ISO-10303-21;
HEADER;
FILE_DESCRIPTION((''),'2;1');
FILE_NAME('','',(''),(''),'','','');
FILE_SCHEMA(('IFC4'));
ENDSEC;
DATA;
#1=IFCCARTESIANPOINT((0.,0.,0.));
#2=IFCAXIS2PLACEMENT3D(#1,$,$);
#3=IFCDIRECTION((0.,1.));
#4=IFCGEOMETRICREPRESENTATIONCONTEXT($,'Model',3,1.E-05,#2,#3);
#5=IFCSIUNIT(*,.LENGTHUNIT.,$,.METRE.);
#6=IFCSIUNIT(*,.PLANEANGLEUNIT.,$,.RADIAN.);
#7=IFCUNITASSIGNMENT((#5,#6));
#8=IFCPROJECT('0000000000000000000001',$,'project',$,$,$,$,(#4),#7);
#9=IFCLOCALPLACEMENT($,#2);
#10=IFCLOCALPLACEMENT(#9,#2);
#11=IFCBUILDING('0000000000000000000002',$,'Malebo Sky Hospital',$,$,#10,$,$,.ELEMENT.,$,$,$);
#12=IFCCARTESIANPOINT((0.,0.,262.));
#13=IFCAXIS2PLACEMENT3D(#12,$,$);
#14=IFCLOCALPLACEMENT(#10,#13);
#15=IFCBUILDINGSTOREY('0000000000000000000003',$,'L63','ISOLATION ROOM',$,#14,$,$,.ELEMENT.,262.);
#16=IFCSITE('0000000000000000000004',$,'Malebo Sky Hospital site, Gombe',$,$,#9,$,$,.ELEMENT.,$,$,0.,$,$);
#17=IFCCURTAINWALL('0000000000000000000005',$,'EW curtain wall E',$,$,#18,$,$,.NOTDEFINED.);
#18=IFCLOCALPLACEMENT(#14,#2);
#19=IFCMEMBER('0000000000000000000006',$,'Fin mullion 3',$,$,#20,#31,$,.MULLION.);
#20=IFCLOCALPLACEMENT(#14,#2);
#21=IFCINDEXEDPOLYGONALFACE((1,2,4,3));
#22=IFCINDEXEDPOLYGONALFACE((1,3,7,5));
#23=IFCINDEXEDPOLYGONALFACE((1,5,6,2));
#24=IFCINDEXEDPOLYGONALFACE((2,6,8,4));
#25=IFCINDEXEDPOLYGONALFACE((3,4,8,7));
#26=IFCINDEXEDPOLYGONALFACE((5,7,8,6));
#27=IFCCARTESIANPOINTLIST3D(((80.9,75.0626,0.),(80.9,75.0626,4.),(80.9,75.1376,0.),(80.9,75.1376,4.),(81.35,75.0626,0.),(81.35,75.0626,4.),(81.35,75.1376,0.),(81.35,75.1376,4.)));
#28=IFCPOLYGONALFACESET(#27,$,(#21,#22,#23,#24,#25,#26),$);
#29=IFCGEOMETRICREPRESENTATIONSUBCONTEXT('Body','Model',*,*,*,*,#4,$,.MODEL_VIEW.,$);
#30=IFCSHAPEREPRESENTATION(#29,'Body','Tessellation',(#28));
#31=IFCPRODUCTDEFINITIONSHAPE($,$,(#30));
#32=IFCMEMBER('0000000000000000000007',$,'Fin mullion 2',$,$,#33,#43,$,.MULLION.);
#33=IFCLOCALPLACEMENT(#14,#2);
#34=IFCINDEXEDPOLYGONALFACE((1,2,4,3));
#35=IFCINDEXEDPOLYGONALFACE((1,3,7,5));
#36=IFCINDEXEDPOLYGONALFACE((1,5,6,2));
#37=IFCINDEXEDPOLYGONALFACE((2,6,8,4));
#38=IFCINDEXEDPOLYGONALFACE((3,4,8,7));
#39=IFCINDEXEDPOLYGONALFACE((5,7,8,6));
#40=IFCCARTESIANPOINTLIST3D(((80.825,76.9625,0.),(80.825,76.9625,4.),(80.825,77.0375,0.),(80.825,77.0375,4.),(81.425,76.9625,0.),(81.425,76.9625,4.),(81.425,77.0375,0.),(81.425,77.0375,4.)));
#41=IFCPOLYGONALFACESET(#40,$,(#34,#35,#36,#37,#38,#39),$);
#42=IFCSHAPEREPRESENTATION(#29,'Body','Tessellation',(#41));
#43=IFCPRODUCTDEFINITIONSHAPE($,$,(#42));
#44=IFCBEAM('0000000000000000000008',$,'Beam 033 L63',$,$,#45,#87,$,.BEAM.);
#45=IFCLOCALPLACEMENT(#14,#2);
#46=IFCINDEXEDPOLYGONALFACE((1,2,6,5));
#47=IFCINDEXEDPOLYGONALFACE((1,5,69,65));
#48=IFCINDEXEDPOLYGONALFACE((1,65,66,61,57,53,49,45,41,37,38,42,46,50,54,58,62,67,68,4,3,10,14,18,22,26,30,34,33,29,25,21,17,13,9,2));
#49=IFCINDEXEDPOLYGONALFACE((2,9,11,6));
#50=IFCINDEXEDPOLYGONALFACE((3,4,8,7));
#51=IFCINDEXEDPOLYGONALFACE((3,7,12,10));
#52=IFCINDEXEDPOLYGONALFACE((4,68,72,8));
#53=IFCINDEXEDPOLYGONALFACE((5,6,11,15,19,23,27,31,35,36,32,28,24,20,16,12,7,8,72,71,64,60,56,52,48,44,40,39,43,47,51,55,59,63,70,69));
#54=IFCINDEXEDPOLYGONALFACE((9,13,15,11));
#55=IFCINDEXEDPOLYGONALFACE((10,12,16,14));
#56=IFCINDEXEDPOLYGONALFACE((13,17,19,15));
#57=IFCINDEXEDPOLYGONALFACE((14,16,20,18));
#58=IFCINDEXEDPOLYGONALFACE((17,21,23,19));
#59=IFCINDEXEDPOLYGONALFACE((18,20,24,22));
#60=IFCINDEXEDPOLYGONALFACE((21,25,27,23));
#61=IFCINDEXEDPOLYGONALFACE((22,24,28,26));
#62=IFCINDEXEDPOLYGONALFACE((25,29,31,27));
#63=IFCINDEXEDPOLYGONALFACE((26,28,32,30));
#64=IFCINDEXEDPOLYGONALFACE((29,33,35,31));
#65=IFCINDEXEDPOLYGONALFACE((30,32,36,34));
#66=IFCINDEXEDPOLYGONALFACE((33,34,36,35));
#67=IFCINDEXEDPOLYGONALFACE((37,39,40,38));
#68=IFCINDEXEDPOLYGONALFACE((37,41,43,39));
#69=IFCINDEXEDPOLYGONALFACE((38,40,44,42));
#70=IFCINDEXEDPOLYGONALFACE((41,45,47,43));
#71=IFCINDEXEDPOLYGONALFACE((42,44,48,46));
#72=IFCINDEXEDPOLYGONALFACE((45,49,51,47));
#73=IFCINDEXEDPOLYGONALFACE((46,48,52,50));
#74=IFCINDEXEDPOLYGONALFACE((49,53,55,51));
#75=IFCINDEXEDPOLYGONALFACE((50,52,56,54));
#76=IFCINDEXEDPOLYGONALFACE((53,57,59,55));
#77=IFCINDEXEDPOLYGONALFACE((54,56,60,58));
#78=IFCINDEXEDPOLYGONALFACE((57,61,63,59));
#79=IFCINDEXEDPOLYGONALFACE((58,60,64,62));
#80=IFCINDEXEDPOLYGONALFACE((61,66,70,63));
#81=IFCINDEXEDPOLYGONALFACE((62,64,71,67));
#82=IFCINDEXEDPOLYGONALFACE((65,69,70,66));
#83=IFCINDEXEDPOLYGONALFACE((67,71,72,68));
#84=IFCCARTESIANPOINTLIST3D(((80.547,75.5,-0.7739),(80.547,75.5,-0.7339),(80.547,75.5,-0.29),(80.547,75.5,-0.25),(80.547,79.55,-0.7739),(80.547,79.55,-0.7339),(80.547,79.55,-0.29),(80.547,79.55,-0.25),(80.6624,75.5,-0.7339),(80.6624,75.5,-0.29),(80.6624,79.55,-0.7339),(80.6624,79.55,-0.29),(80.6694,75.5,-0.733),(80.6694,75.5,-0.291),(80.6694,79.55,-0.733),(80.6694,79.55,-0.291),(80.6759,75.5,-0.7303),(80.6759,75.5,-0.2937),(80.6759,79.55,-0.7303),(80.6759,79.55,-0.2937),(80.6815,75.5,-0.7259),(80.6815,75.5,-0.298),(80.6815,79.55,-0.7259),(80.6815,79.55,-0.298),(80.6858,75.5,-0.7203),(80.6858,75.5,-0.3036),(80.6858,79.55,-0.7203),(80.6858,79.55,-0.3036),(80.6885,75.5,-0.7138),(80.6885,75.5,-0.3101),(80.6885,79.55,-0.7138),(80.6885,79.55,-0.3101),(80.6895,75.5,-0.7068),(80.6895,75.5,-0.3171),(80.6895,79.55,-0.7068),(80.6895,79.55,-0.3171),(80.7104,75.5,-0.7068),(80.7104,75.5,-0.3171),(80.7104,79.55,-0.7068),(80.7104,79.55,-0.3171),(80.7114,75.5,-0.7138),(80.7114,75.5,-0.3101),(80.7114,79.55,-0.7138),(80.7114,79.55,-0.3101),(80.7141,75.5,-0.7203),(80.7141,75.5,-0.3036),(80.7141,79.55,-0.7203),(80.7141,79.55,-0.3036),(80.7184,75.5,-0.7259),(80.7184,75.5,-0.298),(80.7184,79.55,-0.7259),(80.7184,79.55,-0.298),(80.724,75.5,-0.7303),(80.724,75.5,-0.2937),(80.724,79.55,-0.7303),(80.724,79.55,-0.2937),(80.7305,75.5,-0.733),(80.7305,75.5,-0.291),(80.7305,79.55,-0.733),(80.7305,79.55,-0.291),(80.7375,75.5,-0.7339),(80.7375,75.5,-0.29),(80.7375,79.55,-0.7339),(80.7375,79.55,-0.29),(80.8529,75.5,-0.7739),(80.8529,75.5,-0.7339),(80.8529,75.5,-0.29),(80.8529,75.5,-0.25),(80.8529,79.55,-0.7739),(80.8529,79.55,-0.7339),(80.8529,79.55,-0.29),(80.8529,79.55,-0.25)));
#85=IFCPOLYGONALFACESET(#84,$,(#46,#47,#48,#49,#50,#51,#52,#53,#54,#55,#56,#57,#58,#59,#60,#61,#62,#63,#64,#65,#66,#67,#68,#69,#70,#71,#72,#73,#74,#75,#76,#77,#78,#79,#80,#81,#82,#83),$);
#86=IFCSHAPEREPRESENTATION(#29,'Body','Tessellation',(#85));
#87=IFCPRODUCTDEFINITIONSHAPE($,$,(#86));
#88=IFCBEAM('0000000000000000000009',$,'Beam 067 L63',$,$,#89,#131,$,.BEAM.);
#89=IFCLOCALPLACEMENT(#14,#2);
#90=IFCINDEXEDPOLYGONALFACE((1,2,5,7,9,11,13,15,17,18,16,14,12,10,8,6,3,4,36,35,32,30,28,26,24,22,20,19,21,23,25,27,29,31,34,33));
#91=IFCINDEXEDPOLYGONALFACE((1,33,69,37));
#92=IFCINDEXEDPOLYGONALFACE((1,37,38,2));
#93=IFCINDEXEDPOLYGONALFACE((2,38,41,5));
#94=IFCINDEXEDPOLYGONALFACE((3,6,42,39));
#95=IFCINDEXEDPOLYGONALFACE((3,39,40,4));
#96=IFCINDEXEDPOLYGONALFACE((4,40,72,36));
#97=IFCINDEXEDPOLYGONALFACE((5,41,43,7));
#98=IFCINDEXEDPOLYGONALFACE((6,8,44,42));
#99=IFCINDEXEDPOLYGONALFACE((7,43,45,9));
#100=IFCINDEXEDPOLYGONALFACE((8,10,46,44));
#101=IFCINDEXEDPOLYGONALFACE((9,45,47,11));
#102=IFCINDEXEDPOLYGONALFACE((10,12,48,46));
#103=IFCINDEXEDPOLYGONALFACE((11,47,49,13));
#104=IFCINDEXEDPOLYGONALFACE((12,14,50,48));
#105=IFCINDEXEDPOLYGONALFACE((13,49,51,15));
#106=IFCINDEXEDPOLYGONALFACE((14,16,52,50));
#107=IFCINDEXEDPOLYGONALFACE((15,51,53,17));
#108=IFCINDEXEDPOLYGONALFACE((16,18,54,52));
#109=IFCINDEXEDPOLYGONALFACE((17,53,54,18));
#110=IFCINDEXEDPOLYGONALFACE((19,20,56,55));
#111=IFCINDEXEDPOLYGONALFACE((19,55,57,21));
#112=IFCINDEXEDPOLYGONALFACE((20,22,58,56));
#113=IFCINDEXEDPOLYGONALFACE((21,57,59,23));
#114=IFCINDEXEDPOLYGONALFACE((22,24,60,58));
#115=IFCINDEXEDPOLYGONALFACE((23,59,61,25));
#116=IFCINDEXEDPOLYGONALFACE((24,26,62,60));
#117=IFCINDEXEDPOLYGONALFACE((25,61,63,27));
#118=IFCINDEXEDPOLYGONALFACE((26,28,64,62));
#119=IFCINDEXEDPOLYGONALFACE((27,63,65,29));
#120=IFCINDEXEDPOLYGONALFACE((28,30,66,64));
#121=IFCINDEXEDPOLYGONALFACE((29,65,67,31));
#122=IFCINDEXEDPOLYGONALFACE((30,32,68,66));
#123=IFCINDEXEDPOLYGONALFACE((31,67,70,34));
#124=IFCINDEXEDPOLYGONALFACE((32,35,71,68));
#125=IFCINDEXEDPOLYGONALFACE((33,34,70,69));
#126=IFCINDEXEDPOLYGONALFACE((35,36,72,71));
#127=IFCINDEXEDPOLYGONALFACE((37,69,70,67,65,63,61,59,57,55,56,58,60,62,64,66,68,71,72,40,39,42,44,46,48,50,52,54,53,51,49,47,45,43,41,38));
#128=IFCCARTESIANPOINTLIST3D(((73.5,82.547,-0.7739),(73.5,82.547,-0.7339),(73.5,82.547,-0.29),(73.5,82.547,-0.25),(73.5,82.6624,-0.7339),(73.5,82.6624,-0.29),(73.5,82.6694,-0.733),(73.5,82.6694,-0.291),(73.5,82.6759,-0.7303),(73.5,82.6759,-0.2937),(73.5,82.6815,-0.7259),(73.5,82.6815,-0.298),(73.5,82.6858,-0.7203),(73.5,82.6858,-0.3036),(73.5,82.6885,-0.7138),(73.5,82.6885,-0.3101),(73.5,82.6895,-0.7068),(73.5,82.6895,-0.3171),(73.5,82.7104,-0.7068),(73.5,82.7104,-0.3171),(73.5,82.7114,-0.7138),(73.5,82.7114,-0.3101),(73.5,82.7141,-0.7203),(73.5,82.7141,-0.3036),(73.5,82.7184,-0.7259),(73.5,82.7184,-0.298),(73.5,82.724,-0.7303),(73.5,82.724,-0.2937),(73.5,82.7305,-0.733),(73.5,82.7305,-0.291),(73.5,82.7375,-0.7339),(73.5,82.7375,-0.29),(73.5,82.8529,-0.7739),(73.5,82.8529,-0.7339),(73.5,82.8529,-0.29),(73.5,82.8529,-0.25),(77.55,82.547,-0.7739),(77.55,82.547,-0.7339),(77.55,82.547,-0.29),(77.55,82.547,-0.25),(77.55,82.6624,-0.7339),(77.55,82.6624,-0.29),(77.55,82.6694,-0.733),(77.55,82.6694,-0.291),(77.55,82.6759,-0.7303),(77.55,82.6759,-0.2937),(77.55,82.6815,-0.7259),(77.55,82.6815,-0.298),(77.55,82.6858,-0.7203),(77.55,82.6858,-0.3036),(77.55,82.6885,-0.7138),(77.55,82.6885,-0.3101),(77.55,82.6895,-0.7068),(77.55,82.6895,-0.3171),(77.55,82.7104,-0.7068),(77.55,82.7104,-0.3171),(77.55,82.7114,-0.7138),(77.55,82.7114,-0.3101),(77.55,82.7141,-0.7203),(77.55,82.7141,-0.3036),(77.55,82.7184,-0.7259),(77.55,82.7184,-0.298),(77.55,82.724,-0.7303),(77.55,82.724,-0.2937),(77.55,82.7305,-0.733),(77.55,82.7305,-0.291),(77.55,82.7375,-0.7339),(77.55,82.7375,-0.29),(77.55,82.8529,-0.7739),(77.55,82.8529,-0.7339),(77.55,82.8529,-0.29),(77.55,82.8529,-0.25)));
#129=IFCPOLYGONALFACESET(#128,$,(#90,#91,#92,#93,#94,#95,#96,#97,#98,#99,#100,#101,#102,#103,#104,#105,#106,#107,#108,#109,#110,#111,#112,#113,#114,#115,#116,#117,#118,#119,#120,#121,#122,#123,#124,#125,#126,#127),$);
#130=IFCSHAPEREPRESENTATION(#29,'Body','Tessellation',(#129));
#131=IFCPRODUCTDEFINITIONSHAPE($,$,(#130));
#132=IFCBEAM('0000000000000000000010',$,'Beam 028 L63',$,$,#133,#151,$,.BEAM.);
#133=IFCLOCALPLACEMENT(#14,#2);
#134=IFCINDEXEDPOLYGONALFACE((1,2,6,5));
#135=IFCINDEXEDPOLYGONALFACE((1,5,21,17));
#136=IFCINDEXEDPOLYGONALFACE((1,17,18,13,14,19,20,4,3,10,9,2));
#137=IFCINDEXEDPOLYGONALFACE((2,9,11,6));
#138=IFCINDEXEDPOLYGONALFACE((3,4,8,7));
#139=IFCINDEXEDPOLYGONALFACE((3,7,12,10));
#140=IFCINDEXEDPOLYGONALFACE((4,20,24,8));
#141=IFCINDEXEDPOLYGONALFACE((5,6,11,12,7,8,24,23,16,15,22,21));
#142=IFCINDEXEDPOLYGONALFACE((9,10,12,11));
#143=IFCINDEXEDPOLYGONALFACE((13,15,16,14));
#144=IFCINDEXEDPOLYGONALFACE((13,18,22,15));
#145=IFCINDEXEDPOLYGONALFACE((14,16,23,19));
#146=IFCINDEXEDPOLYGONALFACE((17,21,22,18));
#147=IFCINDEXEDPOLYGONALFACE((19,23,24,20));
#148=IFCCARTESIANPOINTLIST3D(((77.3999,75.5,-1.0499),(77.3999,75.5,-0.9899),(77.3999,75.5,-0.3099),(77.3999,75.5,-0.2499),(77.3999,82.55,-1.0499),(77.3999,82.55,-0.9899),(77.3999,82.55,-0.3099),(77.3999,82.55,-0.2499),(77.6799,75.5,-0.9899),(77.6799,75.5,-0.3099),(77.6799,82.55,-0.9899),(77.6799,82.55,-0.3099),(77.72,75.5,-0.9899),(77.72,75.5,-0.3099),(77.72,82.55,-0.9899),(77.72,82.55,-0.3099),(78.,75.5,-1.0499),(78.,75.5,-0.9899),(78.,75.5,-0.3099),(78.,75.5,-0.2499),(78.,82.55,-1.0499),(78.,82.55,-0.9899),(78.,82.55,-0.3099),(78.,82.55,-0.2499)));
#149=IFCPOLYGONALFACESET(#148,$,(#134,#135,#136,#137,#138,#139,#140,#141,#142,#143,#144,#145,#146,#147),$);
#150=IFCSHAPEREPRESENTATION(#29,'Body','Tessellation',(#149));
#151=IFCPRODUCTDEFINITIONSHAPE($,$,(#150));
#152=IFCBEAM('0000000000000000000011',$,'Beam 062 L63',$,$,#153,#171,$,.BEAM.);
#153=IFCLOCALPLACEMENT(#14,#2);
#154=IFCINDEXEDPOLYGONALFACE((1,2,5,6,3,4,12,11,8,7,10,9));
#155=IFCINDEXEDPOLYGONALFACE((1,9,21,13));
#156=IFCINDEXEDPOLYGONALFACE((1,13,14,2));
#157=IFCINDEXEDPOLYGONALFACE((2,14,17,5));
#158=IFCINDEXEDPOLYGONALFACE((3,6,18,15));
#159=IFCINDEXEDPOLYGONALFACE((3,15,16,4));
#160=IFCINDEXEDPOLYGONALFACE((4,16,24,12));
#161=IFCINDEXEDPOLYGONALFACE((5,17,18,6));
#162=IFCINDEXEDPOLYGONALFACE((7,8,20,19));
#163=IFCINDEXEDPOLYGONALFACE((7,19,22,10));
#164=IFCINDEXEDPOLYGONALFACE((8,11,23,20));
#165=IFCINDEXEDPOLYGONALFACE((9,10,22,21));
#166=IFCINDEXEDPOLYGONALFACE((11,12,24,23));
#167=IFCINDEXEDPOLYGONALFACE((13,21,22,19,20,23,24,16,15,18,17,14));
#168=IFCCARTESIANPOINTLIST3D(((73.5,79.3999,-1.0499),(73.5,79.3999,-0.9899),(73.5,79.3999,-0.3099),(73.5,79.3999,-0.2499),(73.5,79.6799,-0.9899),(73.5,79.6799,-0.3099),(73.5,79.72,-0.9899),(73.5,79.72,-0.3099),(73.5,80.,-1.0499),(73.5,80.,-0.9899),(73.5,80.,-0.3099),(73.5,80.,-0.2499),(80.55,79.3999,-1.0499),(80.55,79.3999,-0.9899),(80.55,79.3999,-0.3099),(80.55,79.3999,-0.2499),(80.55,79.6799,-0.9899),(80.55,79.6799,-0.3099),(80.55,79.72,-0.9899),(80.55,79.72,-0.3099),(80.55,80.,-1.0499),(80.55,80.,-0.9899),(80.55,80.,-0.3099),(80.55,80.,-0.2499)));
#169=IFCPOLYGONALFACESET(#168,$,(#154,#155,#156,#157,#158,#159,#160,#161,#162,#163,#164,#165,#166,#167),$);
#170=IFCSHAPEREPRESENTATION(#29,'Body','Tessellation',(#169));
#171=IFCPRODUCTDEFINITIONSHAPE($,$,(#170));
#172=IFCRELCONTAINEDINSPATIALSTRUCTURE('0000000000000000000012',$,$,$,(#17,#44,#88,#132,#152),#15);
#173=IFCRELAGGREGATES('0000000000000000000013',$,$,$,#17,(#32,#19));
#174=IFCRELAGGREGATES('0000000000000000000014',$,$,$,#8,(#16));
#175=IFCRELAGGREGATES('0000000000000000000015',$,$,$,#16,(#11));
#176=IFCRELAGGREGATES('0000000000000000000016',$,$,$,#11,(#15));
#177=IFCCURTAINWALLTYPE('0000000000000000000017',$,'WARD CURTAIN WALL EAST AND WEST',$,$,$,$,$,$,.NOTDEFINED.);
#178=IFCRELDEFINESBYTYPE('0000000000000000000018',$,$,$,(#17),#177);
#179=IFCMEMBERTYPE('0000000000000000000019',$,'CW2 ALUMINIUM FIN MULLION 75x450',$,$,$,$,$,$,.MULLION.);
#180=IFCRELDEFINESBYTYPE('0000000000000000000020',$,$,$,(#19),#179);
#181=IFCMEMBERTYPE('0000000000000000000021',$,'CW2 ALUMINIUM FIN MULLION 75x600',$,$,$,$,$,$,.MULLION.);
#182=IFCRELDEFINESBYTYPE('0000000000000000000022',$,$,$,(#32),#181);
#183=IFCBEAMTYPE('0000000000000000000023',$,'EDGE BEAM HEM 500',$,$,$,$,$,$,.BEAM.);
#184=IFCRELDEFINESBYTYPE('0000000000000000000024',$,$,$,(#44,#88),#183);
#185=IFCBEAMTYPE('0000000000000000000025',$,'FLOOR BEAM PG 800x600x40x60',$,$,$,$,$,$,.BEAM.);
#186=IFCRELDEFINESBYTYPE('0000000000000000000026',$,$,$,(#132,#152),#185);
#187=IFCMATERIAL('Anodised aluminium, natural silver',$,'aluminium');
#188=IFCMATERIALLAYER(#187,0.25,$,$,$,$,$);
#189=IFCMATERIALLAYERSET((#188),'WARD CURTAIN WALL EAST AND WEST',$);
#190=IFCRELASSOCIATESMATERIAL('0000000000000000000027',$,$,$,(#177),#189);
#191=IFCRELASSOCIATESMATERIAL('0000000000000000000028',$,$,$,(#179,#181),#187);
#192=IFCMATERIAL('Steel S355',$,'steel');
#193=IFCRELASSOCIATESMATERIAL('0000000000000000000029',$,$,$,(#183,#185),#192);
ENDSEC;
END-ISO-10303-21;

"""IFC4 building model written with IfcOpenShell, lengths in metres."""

from ifc_helpers import new_model, si_unit, direction, frame, origin, origin_2d, place, context, subcontext, project, spatial, rectangle, i_section, extrude, material, layer, layer_set, material_profile, profile_set, type_object, element, aggregate, save


model = new_model("IFC4")

# Units and contexts
model_context = context("Model", 3, precision=1e-05, world=origin(), true_north=direction((0.0, 1.0)))
body_context = subcontext(model_context, "Body", "Model", "MODEL_VIEW")
ifc_project = project(units=[si_unit("LENGTHUNIT", "METRE"), si_unit("PLANEANGLEUNIT", "RADIAN")], contexts=[model_context])

# Site, building, storey
site_placement = place(None, origin())
site = spatial("IfcSite", under=ifc_project, at=site_placement, Name="Malebo Sky Hospital site, Gombe", CompositionType="ELEMENT", RefElevation=0.0)
building_placement = place(site_placement, origin())
building = spatial("IfcBuilding", under=site, at=building_placement, Name="Malebo Sky Hospital", CompositionType="ELEMENT")
storey_placement = place(building_placement, frame((0.0, 0.0, 262.0)))
storey = spatial("IfcBuildingStorey", under=building, at=storey_placement, Name="L63", Description="ISOLATION ROOM", CompositionType="ELEMENT", Elevation=262.0)

# Shared definitions
ifc_material_1 = material(Name="Anodised aluminium, natural silver", Category="aluminium")

# Curtain wall
ifc_layer_1 = layer(ifc_material_1, 0.25)
ifc_layer_set_1 = layer_set([ifc_layer_1], Name="WARD CURTAIN WALL EAST AND WEST")
curtain_wall_type_1 = type_object("IfcCurtainWallType", Name="WARD CURTAIN WALL EAST AND WEST", PredefinedType="NOTDEFINED", material=ifc_layer_set_1)
curtain_wall_1_placement = place(storey_placement, origin())
curtain_wall_1 = element("IfcCurtainWall", 1, at=curtain_wall_1_placement, inside=storey, type_object=curtain_wall_type_1, Name="EW curtain wall E", PredefinedType="NOTDEFINED")

# Members
ifc_material_profile_1 = material_profile(ifc_material_1, rectangle(XDim=0.075, YDim=0.45, at=origin_2d()), Name="CW2 ALUMINIUM FIN MULLION 75x450")
ifc_profile_set_1 = profile_set([ifc_material_profile_1], Name="Anodised aluminium, natural silver")
member_type_1 = type_object("IfcMemberType", Name="CW2 ALUMINIUM FIN MULLION 75x450", PredefinedType="MULLION", material=ifc_profile_set_1)
member_1_placement = place(storey_placement, frame((81.125, 75.1001, 0.0), z_axis=(0.0, 0.0, 1.0), x_axis=(0.0, -1.0, 0.0)))
member_1 = element("IfcMember", 2, at=member_1_placement, type_object=member_type_1, Name="Fin mullion 3", PredefinedType="MULLION", context=body_context, shape_type="SweptSolid", body=[
    extrude(rectangle(XDim=0.075, YDim=0.45, at=origin_2d()), origin(), (0.0, 0.0, 1.0), 4.0),
])
ifc_material_profile_2 = material_profile(ifc_material_1, rectangle(XDim=0.075, YDim=0.6001, at=origin_2d()), Name="CW2 ALUMINIUM FIN MULLION 75x600")
ifc_profile_set_2 = profile_set([ifc_material_profile_2], Name="Anodised aluminium, natural silver")
member_type_2 = type_object("IfcMemberType", Name="CW2 ALUMINIUM FIN MULLION 75x600", PredefinedType="MULLION", material=ifc_profile_set_2)
member_2_placement = place(storey_placement, frame((81.125, 77.0, 0.0), z_axis=(0.0, 0.0, 1.0), x_axis=(0.0, -1.0, 0.0)))
member_2 = element("IfcMember", 3, at=member_2_placement, type_object=member_type_2, Name="Fin mullion 2", PredefinedType="MULLION", context=body_context, shape_type="SweptSolid", body=[
    extrude(rectangle(XDim=0.075, YDim=0.6001, at=origin_2d()), origin(), (0.0, 0.0, 1.0), 4.0),
])

# Beams
ifc_material_2 = material(Name="Steel S355", Category="steel")
ifc_material_profile_3 = material_profile(ifc_material_2, i_section(OverallWidth=0.3059, OverallDepth=0.5239, WebThickness=0.021, FlangeThickness=0.04, FilletRadius=0.0271, at=origin_2d()), Name="HEM 500")
ifc_profile_set_3 = profile_set([ifc_material_profile_3], Name="Steel S355")
beam_type_1 = type_object("IfcBeamType", Name="EDGE BEAM HEM 500", PredefinedType="BEAM", material=ifc_profile_set_3)
for number, where, z_axis, x_axis, name in (
    (4, (80.7, 75.5, -0.512), (0.0, 1.0, 0.0), (-1.0, 0.0, 0.0), "Beam 033 L63"),
    (5, (73.5, 82.7, -0.512), (1.0, 0.0, 0.0), (0.0, 1.0, 0.0), "Beam 067 L63"),
):
    element("IfcBeam", number, at=place(storey_placement, frame(where, z_axis=z_axis, x_axis=x_axis)), inside=storey, type_object=beam_type_1, Name=name, PredefinedType="BEAM", context=body_context, shape_type="SweptSolid", body=[
        extrude(i_section(OverallWidth=0.3059, OverallDepth=0.5239, WebThickness=0.021, FlangeThickness=0.04, FilletRadius=0.0271, at=origin_2d()), origin(), (0.0, 0.0, 1.0), 4.05),
    ])
ifc_material_profile_4 = material_profile(ifc_material_2, i_section(OverallWidth=0.6001, OverallDepth=0.8, WebThickness=0.04, FlangeThickness=0.0601, at=origin_2d()), Name="PG 800x600x40x60")
ifc_profile_set_4 = profile_set([ifc_material_profile_4], Name="Steel S355")
beam_type_2 = type_object("IfcBeamType", Name="FLOOR BEAM PG 800x600x40x60", PredefinedType="BEAM", material=ifc_profile_set_4)
for number, where, z_axis, x_axis, name in (
    (6, (77.7, 75.5, -0.6499), (0.0, 1.0, 0.0), (-1.0, 0.0, 0.0), "Beam 028 L63"),
    (7, (73.5, 79.7, -0.6499), (1.0, 0.0, 0.0), (0.0, 1.0, 0.0), "Beam 062 L63"),
):
    element("IfcBeam", number, at=place(storey_placement, frame(where, z_axis=z_axis, x_axis=x_axis)), inside=storey, type_object=beam_type_2, Name=name, PredefinedType="BEAM", context=body_context, shape_type="SweptSolid", body=[
        extrude(i_section(OverallWidth=0.6001, OverallDepth=0.8, WebThickness=0.04, FlangeThickness=0.0601, at=origin_2d()), origin(), (0.0, 0.0, 1.0), 7.05),
    ])

aggregate(curtain_wall_1, [member_2, member_1])

save(model, "model.ifc")
